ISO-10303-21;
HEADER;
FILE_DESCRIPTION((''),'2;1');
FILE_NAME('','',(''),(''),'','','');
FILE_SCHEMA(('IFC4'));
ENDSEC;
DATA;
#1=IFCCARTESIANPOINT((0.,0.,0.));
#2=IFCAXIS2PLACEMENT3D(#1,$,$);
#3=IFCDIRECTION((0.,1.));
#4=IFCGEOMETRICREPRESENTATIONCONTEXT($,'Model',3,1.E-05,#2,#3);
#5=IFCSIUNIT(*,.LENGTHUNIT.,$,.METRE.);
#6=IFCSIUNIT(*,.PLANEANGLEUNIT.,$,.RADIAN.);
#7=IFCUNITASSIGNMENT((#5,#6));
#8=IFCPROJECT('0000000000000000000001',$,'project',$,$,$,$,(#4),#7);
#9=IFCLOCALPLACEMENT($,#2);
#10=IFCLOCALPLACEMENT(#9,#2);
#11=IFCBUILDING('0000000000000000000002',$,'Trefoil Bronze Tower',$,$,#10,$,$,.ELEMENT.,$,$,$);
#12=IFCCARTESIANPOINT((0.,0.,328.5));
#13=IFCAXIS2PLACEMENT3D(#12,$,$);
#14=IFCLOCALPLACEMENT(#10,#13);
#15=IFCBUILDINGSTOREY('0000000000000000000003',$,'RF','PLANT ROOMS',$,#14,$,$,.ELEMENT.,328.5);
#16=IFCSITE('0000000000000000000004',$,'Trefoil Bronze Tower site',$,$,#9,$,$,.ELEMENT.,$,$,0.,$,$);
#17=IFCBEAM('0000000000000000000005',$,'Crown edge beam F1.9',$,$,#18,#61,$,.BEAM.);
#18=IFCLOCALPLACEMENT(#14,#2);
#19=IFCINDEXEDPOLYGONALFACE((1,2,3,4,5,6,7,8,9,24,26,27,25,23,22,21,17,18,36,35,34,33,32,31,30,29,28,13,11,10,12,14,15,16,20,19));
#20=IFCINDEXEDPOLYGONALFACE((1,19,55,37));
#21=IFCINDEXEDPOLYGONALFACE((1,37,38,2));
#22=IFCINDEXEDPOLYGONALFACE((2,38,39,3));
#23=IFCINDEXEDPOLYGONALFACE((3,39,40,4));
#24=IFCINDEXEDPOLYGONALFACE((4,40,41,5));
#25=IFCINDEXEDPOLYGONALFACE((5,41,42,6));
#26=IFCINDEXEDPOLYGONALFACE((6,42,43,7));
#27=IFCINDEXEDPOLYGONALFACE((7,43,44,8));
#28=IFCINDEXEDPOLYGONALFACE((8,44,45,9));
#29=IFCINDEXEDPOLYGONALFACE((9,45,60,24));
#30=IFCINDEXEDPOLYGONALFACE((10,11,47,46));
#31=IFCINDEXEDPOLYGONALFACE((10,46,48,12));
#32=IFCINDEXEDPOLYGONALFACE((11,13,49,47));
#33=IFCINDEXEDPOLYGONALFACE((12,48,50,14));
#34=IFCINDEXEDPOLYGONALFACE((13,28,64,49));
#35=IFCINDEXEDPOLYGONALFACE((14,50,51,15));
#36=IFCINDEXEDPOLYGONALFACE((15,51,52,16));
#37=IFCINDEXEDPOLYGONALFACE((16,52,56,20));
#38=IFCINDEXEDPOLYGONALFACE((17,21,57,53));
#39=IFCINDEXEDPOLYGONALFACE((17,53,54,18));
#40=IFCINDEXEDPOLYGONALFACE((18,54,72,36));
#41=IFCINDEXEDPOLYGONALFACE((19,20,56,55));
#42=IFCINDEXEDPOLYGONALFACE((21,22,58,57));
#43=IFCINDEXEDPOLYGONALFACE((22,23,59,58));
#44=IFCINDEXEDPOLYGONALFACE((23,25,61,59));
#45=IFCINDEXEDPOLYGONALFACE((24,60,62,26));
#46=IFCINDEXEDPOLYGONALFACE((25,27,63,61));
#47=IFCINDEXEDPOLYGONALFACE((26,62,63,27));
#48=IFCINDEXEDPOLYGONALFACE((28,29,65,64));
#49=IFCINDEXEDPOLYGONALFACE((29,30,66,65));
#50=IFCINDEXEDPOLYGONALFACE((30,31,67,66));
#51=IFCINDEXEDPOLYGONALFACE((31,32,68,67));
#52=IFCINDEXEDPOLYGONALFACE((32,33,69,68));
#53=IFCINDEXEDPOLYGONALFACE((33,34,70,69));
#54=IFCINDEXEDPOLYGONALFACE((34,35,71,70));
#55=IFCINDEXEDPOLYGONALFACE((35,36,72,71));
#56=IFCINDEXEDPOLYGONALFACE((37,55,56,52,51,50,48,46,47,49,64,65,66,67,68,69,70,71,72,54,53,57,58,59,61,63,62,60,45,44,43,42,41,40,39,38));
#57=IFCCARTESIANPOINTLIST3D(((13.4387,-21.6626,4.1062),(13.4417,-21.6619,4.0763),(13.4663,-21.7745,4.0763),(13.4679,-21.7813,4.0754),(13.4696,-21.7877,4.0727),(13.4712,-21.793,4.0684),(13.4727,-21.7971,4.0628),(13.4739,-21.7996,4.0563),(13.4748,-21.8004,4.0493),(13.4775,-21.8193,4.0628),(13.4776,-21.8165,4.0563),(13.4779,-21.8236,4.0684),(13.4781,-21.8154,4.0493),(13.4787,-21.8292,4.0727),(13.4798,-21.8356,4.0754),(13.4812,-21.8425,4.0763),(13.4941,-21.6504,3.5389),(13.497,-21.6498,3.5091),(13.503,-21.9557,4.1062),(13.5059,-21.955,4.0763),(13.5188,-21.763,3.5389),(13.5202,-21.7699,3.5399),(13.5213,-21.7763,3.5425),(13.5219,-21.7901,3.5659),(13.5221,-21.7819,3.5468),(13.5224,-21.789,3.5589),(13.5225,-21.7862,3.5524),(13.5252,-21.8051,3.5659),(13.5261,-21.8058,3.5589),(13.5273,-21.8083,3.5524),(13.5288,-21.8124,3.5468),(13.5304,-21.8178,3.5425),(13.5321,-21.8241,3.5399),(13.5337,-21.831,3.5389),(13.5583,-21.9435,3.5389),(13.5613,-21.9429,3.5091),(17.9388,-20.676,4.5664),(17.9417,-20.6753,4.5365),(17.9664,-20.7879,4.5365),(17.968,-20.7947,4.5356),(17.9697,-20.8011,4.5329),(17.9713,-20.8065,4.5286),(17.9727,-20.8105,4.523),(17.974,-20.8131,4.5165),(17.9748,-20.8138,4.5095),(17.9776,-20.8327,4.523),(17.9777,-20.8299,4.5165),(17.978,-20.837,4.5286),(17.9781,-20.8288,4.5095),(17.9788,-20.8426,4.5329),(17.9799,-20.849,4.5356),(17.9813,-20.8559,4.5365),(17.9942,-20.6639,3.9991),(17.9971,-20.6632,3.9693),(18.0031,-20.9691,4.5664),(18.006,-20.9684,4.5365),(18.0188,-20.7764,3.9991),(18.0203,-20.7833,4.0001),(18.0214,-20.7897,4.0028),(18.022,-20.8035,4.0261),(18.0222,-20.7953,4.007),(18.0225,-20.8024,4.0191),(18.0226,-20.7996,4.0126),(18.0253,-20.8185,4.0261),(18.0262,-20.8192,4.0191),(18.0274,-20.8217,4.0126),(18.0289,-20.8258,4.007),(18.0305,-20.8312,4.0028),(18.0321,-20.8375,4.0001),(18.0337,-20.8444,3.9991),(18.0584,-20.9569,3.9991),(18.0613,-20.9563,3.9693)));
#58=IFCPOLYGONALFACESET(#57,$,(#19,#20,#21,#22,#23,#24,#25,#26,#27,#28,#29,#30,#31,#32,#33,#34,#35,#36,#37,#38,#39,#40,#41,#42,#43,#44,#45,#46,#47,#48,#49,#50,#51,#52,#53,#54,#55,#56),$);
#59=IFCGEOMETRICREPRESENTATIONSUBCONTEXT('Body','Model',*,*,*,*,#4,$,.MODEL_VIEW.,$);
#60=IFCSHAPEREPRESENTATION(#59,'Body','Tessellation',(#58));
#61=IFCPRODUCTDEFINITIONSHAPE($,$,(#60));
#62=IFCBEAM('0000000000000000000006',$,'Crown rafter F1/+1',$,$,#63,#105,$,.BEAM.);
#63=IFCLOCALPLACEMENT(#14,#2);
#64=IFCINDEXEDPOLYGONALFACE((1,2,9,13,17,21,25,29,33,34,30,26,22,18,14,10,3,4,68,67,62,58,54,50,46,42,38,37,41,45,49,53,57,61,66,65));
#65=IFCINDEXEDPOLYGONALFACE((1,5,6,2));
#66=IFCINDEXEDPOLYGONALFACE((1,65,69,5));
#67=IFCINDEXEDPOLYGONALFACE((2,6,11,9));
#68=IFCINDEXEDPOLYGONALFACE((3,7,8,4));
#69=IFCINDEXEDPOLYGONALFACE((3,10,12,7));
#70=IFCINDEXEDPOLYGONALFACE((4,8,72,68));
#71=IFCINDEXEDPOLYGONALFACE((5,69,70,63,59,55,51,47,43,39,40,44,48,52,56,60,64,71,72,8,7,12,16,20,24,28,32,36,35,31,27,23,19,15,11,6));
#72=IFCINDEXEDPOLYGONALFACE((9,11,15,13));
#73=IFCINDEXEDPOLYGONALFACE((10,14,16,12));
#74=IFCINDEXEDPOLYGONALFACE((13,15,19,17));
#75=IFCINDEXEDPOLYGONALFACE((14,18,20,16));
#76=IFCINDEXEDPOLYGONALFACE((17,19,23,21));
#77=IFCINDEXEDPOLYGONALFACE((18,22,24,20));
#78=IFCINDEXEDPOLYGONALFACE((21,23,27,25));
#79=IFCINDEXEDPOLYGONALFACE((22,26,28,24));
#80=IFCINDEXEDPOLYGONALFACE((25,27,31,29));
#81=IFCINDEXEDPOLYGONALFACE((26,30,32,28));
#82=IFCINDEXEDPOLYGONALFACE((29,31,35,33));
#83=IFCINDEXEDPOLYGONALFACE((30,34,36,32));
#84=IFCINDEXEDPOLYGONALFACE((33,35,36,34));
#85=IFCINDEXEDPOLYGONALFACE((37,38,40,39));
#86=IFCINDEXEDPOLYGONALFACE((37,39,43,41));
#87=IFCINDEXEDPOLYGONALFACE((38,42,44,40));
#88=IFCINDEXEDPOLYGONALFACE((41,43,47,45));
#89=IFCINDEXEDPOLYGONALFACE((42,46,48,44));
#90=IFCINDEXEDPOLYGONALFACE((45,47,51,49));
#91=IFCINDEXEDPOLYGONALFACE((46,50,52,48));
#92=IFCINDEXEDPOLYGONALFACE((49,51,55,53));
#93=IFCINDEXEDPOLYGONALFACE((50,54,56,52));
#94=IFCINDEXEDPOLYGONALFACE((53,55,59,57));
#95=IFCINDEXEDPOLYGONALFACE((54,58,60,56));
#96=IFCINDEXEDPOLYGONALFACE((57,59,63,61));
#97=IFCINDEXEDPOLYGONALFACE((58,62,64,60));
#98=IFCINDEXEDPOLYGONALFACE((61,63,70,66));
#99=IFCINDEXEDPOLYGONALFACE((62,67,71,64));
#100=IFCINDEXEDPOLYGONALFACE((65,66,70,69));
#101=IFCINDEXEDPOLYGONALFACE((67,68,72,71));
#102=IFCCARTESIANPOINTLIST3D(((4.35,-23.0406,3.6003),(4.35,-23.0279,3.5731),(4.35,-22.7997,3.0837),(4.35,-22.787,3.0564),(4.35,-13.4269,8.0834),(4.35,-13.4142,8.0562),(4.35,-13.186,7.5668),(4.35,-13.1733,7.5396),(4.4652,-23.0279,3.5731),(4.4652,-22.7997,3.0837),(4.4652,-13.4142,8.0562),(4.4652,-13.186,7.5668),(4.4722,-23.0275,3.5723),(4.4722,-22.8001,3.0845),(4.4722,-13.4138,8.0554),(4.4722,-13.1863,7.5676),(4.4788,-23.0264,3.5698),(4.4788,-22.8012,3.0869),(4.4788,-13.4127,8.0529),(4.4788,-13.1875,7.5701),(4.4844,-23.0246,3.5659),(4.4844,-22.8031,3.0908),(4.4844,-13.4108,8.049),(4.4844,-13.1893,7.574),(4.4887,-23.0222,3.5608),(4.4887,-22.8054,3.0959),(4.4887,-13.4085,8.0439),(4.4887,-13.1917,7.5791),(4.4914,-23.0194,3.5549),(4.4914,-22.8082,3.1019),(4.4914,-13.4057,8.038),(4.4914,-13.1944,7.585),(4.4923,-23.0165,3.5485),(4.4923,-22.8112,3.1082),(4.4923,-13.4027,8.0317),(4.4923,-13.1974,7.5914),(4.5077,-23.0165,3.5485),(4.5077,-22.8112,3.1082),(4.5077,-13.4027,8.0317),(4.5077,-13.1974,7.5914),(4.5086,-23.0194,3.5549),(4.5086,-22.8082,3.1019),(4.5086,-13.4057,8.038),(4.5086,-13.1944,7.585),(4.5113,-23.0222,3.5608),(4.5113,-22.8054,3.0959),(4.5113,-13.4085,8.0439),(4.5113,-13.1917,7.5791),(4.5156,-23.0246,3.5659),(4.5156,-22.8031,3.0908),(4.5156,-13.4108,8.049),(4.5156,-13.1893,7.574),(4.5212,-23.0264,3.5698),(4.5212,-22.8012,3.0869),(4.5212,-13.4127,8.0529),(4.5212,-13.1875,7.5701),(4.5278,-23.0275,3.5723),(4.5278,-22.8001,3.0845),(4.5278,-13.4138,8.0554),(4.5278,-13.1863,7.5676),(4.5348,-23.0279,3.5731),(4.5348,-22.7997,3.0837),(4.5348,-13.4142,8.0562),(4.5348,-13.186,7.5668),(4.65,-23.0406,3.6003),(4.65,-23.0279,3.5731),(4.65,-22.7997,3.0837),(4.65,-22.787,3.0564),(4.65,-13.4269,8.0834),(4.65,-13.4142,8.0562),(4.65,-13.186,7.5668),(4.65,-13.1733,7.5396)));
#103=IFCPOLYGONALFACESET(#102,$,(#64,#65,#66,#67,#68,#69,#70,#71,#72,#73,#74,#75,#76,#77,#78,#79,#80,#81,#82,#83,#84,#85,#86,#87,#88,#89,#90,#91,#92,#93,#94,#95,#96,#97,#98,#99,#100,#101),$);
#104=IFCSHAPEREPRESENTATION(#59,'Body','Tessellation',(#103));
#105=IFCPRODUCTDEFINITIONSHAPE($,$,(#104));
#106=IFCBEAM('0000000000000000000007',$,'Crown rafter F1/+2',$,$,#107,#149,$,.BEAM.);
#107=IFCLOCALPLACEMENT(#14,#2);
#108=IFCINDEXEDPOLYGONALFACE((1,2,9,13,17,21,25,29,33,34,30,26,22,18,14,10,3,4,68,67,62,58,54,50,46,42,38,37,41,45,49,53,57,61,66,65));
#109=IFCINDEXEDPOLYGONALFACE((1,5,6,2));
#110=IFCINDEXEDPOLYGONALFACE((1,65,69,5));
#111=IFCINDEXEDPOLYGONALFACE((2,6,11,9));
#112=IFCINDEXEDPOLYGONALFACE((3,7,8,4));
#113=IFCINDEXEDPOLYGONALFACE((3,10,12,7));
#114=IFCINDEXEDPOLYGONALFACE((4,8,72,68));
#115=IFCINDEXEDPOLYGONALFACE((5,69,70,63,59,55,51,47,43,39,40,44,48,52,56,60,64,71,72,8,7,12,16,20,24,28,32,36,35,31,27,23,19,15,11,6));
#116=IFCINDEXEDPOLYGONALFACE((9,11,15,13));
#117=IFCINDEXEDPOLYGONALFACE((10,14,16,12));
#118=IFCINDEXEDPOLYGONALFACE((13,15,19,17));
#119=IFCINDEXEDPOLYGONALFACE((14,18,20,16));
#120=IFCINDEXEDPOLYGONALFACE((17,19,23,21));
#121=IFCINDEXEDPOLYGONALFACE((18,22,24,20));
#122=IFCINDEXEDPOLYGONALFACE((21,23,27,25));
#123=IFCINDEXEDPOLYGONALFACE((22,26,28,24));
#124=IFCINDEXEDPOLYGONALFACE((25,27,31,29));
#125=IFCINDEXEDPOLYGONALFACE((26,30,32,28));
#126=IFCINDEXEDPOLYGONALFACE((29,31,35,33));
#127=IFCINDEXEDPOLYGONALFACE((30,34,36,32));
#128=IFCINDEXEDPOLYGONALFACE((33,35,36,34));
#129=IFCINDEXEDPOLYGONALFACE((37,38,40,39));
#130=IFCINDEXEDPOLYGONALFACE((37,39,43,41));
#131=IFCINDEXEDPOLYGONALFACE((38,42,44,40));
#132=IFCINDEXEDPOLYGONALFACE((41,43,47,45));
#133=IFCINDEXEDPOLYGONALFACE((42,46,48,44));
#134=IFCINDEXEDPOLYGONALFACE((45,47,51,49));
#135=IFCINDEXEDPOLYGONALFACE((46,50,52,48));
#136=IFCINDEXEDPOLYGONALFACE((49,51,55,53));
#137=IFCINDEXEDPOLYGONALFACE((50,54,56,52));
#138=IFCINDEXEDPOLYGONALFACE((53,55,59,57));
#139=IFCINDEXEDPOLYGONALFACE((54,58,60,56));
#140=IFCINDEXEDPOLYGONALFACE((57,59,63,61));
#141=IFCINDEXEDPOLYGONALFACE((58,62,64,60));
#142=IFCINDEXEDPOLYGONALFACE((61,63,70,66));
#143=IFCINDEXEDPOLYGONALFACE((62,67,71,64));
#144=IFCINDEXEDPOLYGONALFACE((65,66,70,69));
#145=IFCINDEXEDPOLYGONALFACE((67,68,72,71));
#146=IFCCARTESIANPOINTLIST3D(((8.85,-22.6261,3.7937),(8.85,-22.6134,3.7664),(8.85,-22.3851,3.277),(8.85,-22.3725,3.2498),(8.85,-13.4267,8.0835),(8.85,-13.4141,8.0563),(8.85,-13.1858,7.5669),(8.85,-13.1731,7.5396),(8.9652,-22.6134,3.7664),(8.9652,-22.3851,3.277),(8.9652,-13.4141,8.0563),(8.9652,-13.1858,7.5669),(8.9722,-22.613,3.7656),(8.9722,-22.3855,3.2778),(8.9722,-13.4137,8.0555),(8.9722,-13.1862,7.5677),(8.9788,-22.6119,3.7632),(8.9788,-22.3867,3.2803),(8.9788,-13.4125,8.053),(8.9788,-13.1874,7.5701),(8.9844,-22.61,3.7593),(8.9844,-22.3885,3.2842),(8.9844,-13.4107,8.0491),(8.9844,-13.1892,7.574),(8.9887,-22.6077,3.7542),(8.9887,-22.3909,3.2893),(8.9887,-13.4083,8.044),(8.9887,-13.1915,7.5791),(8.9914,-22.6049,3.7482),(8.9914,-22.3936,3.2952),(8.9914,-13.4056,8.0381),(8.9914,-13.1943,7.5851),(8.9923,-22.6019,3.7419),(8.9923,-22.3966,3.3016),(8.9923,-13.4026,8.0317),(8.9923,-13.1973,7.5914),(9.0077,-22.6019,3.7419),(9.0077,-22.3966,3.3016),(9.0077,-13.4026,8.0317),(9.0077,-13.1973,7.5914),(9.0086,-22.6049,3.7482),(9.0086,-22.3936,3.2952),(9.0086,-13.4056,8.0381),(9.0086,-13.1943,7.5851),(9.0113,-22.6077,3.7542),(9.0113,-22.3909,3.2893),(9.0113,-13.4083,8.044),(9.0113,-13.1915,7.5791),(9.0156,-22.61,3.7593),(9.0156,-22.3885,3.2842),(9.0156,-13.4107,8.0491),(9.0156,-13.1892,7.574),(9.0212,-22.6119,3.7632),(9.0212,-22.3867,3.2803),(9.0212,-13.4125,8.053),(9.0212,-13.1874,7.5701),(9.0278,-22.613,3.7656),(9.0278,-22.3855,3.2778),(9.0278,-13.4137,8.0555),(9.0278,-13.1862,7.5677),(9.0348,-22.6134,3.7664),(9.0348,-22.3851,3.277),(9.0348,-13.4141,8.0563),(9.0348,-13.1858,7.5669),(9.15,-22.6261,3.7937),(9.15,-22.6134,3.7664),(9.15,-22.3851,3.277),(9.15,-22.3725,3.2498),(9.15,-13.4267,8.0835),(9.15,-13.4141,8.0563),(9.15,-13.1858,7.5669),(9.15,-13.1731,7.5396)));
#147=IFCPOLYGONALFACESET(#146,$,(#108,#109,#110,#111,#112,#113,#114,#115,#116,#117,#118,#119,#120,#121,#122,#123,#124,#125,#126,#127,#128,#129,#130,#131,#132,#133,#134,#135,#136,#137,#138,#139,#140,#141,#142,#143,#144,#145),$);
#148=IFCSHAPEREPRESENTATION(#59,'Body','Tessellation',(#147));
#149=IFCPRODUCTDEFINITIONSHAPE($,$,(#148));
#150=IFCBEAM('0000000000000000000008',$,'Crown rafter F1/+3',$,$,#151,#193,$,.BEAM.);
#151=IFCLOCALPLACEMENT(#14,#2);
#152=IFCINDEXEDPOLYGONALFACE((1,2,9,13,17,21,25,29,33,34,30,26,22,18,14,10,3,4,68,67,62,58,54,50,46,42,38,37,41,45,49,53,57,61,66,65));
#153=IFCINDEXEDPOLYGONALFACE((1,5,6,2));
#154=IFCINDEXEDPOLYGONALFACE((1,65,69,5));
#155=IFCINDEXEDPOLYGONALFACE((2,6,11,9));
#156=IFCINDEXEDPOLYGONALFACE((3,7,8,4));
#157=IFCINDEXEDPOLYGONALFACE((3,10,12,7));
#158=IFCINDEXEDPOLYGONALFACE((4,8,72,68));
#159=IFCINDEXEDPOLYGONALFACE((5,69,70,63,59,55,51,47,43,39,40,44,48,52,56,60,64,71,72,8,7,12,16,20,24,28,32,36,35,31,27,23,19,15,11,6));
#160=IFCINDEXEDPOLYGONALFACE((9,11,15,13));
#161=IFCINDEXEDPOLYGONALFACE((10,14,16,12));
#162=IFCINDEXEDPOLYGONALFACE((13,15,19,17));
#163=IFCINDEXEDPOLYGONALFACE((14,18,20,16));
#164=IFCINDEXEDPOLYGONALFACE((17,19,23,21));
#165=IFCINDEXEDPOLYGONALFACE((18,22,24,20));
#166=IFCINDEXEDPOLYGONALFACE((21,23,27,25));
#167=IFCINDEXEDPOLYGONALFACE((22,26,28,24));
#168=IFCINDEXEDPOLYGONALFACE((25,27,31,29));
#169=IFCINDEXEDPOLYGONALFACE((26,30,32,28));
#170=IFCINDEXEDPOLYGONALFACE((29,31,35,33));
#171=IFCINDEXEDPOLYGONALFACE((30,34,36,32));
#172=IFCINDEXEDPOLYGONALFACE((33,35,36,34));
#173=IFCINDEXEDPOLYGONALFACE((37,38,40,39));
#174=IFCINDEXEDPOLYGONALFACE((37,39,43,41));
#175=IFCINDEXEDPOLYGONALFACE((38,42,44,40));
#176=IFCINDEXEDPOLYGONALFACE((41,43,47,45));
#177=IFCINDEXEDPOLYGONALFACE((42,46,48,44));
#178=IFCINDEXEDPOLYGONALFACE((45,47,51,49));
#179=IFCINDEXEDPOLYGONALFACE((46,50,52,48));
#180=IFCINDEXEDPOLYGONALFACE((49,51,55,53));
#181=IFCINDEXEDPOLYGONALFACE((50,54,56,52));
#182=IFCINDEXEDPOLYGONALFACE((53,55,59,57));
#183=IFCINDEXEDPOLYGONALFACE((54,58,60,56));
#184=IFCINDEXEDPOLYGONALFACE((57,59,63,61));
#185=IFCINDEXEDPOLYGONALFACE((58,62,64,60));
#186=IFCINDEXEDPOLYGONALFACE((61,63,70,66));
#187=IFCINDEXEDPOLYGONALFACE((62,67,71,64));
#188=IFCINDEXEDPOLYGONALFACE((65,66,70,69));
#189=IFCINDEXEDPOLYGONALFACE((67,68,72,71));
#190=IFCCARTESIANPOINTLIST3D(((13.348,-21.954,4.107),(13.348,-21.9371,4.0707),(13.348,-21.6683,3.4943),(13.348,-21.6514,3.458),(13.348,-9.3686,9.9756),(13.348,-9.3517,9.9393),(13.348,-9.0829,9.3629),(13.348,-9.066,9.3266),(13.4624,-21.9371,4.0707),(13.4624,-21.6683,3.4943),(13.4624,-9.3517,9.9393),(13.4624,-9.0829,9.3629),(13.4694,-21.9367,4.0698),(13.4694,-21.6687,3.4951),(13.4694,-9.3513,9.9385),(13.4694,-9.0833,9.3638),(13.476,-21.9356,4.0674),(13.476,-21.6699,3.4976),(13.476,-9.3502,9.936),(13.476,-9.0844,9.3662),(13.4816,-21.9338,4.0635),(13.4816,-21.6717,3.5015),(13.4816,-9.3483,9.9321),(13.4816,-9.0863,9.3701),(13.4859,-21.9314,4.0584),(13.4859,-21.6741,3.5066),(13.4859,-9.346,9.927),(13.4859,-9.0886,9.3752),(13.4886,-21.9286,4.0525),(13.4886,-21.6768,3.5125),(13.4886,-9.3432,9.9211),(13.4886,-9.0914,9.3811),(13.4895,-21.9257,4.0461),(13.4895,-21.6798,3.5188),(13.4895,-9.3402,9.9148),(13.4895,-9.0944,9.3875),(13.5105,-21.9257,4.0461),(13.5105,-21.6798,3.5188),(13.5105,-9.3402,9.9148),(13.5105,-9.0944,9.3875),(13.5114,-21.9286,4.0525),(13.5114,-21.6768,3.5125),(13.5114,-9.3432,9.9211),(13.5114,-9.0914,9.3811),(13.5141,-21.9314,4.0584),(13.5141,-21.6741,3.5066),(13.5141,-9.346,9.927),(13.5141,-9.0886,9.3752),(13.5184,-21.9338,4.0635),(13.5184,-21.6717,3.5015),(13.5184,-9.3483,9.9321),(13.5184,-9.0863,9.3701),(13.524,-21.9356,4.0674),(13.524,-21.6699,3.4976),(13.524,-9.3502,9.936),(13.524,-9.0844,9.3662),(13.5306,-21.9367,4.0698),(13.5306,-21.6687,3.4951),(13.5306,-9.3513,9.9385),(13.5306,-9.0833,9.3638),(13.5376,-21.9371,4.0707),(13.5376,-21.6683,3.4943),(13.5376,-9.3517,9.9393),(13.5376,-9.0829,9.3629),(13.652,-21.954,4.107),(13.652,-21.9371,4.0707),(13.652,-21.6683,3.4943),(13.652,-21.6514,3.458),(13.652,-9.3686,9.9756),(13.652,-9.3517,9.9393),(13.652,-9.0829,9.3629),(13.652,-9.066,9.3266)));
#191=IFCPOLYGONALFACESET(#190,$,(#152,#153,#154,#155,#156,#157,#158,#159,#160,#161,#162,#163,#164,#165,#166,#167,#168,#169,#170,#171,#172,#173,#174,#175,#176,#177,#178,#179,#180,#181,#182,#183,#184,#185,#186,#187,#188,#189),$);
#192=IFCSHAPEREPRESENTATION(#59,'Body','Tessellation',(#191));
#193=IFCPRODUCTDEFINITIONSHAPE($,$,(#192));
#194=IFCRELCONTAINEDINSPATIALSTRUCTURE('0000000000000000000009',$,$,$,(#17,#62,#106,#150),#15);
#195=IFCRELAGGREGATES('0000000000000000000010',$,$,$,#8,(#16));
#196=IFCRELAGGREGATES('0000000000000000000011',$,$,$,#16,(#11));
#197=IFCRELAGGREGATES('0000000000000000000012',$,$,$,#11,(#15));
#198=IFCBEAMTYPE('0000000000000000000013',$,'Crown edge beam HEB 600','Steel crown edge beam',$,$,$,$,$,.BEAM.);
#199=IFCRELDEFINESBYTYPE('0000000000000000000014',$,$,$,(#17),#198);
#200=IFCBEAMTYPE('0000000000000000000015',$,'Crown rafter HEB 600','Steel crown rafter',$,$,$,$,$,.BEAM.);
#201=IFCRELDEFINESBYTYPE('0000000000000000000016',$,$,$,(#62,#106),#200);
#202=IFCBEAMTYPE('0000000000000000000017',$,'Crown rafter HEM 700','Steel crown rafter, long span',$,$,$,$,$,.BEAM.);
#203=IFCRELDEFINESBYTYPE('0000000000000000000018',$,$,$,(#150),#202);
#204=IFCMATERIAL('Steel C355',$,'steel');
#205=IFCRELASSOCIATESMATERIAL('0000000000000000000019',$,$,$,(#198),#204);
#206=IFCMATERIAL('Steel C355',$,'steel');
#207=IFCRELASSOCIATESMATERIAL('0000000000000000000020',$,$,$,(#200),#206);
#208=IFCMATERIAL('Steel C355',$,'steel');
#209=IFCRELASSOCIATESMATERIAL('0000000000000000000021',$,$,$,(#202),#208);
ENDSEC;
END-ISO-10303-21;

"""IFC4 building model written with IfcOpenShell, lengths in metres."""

from ifc_helpers import new_model, si_unit, direction, frame, origin, origin_2d, place, context, subcontext, project, spatial, i_section, extrude, material, material_profile, profile_set, type_object, element, save


model = new_model("IFC4")

# Units and contexts
model_context = context("Model", 3, precision=1e-05, world=origin(), true_north=direction((0.0, 1.0)))
body_context = subcontext(model_context, "Body", "Model", "MODEL_VIEW")
ifc_project = project(units=[si_unit("LENGTHUNIT", "METRE"), si_unit("PLANEANGLEUNIT", "RADIAN")], contexts=[model_context])

# Site, building, storey
site_placement = place(None, origin())
site = spatial("IfcSite", under=ifc_project, at=site_placement, Name="Trefoil Bronze Tower site", CompositionType="ELEMENT", RefElevation=0.0)
building_placement = place(site_placement, origin())
building = spatial("IfcBuilding", under=site, at=building_placement, Name="Trefoil Bronze Tower", CompositionType="ELEMENT")
storey_placement = place(building_placement, frame((0.0, 0.0, 328.5)))
storey = spatial("IfcBuildingStorey", under=building, at=storey_placement, Name="RF", Description="PLANT ROOMS", CompositionType="ELEMENT", Elevation=328.5)

# Beams
ifc_material_1 = material(Name="Steel C355", Category="steel")
ifc_material_profile_1 = material_profile(ifc_material_1, i_section(OverallWidth=0.3, OverallDepth=0.6001, WebThickness=0.0154, FlangeThickness=0.03, FilletRadius=0.0271, at=origin_2d()), Name="HEB 600")
ifc_profile_set_1 = profile_set([ifc_material_profile_1], Name="Steel C355")
beam_type_1 = type_object("IfcBeamType", Name="Crown edge beam HEB 600", Description="Steel crown edge beam", PredefinedType="BEAM", material=ifc_profile_set_1)
beam_1_placement = place(storey_placement, frame((13.5, -21.8027, 3.8076), z_axis=(0.971963, 0.213091, 0.0994), x_axis=(-0.214152, 0.9768, 0.0)))
element("IfcBeam", 1, at=beam_1_placement, inside=storey, type_object=beam_type_1, Name="Crown edge beam F1.9", PredefinedType="BEAM", context=body_context, shape_type="SweptSolid", body=[
    extrude(i_section(OverallWidth=0.3, OverallDepth=0.6001, WebThickness=0.0154, FlangeThickness=0.03, FilletRadius=0.0271, at=origin_2d()), origin(), (0.0, 0.0, 1.0), 4.6299),
])
ifc_material_2 = material(Name="Steel C355", Category="steel")
ifc_material_profile_2 = material_profile(ifc_material_2, i_section(OverallWidth=0.3, OverallDepth=0.6001, WebThickness=0.0154, FlangeThickness=0.03, FilletRadius=0.0271, at=origin_2d()), Name="HEB 600")
ifc_profile_set_2 = profile_set([ifc_material_profile_2], Name="Steel C355")
beam_type_2 = type_object("IfcBeamType", Name="Crown rafter HEB 600", Description="Steel crown rafter", PredefinedType="BEAM", material=ifc_profile_set_2)
beam_2_placement = place(storey_placement, frame((4.5, -22.9138, 3.3284), z_axis=(0.0, 0.906301, 0.422632), x_axis=(-1.0, 0.0, 0.0)))
element("IfcBeam", 2, at=beam_2_placement, inside=storey, type_object=beam_type_2, Name="Crown rafter F1/+1", PredefinedType="BEAM", context=body_context, shape_type="SweptSolid", body=[
    extrude(i_section(OverallWidth=0.3, OverallDepth=0.6001, WebThickness=0.0154, FlangeThickness=0.03, FilletRadius=0.0271, at=origin_2d()), origin(), (0.0, 0.0, 1.0), 10.6077),
])
beam_3_placement = place(storey_placement, frame((9.0, -22.4993, 3.5217), z_axis=(0.0, 0.906303, 0.422629), x_axis=(-1.0, 0.0, 0.0)))
element("IfcBeam", 3, at=beam_3_placement, inside=storey, type_object=beam_type_2, Name="Crown rafter F1/+2", PredefinedType="BEAM", context=body_context, shape_type="SweptSolid", body=[
    extrude(i_section(OverallWidth=0.3, OverallDepth=0.6001, WebThickness=0.0154, FlangeThickness=0.03, FilletRadius=0.0271, at=origin_2d()), origin(), (0.0, 0.0, 1.0), 10.1504),
])
ifc_material_3 = material(Name="Steel C355", Category="steel")
ifc_material_profile_3 = material_profile(ifc_material_3, i_section(OverallWidth=0.304, OverallDepth=0.7161, WebThickness=0.021, FlangeThickness=0.04, FilletRadius=0.0271, at=origin_2d()), Name="HEM 700")
ifc_profile_set_3 = profile_set([ifc_material_profile_3], Name="Steel C355")
beam_type_3 = type_object("IfcBeamType", Name="Crown rafter HEM 700", Description="Steel crown rafter, long span", PredefinedType="BEAM", material=ifc_profile_set_3)
beam_4_placement = place(storey_placement, frame((13.5, -21.8027, 3.7825), z_axis=(0.0, 0.906309, 0.422616), x_axis=(-1.0, 0.0, 0.0)))
element("IfcBeam", 4, at=beam_4_placement, inside=storey, type_object=beam_type_3, Name="Crown rafter F1/+3", PredefinedType="BEAM", context=body_context, shape_type="SweptSolid", body=[
    extrude(i_section(OverallWidth=0.304, OverallDepth=0.7161, WebThickness=0.021, FlangeThickness=0.04, FilletRadius=0.0271, at=origin_2d()), origin(), (0.0, 0.0, 1.0), 13.8865),
])

save(model, "model.ifc")
